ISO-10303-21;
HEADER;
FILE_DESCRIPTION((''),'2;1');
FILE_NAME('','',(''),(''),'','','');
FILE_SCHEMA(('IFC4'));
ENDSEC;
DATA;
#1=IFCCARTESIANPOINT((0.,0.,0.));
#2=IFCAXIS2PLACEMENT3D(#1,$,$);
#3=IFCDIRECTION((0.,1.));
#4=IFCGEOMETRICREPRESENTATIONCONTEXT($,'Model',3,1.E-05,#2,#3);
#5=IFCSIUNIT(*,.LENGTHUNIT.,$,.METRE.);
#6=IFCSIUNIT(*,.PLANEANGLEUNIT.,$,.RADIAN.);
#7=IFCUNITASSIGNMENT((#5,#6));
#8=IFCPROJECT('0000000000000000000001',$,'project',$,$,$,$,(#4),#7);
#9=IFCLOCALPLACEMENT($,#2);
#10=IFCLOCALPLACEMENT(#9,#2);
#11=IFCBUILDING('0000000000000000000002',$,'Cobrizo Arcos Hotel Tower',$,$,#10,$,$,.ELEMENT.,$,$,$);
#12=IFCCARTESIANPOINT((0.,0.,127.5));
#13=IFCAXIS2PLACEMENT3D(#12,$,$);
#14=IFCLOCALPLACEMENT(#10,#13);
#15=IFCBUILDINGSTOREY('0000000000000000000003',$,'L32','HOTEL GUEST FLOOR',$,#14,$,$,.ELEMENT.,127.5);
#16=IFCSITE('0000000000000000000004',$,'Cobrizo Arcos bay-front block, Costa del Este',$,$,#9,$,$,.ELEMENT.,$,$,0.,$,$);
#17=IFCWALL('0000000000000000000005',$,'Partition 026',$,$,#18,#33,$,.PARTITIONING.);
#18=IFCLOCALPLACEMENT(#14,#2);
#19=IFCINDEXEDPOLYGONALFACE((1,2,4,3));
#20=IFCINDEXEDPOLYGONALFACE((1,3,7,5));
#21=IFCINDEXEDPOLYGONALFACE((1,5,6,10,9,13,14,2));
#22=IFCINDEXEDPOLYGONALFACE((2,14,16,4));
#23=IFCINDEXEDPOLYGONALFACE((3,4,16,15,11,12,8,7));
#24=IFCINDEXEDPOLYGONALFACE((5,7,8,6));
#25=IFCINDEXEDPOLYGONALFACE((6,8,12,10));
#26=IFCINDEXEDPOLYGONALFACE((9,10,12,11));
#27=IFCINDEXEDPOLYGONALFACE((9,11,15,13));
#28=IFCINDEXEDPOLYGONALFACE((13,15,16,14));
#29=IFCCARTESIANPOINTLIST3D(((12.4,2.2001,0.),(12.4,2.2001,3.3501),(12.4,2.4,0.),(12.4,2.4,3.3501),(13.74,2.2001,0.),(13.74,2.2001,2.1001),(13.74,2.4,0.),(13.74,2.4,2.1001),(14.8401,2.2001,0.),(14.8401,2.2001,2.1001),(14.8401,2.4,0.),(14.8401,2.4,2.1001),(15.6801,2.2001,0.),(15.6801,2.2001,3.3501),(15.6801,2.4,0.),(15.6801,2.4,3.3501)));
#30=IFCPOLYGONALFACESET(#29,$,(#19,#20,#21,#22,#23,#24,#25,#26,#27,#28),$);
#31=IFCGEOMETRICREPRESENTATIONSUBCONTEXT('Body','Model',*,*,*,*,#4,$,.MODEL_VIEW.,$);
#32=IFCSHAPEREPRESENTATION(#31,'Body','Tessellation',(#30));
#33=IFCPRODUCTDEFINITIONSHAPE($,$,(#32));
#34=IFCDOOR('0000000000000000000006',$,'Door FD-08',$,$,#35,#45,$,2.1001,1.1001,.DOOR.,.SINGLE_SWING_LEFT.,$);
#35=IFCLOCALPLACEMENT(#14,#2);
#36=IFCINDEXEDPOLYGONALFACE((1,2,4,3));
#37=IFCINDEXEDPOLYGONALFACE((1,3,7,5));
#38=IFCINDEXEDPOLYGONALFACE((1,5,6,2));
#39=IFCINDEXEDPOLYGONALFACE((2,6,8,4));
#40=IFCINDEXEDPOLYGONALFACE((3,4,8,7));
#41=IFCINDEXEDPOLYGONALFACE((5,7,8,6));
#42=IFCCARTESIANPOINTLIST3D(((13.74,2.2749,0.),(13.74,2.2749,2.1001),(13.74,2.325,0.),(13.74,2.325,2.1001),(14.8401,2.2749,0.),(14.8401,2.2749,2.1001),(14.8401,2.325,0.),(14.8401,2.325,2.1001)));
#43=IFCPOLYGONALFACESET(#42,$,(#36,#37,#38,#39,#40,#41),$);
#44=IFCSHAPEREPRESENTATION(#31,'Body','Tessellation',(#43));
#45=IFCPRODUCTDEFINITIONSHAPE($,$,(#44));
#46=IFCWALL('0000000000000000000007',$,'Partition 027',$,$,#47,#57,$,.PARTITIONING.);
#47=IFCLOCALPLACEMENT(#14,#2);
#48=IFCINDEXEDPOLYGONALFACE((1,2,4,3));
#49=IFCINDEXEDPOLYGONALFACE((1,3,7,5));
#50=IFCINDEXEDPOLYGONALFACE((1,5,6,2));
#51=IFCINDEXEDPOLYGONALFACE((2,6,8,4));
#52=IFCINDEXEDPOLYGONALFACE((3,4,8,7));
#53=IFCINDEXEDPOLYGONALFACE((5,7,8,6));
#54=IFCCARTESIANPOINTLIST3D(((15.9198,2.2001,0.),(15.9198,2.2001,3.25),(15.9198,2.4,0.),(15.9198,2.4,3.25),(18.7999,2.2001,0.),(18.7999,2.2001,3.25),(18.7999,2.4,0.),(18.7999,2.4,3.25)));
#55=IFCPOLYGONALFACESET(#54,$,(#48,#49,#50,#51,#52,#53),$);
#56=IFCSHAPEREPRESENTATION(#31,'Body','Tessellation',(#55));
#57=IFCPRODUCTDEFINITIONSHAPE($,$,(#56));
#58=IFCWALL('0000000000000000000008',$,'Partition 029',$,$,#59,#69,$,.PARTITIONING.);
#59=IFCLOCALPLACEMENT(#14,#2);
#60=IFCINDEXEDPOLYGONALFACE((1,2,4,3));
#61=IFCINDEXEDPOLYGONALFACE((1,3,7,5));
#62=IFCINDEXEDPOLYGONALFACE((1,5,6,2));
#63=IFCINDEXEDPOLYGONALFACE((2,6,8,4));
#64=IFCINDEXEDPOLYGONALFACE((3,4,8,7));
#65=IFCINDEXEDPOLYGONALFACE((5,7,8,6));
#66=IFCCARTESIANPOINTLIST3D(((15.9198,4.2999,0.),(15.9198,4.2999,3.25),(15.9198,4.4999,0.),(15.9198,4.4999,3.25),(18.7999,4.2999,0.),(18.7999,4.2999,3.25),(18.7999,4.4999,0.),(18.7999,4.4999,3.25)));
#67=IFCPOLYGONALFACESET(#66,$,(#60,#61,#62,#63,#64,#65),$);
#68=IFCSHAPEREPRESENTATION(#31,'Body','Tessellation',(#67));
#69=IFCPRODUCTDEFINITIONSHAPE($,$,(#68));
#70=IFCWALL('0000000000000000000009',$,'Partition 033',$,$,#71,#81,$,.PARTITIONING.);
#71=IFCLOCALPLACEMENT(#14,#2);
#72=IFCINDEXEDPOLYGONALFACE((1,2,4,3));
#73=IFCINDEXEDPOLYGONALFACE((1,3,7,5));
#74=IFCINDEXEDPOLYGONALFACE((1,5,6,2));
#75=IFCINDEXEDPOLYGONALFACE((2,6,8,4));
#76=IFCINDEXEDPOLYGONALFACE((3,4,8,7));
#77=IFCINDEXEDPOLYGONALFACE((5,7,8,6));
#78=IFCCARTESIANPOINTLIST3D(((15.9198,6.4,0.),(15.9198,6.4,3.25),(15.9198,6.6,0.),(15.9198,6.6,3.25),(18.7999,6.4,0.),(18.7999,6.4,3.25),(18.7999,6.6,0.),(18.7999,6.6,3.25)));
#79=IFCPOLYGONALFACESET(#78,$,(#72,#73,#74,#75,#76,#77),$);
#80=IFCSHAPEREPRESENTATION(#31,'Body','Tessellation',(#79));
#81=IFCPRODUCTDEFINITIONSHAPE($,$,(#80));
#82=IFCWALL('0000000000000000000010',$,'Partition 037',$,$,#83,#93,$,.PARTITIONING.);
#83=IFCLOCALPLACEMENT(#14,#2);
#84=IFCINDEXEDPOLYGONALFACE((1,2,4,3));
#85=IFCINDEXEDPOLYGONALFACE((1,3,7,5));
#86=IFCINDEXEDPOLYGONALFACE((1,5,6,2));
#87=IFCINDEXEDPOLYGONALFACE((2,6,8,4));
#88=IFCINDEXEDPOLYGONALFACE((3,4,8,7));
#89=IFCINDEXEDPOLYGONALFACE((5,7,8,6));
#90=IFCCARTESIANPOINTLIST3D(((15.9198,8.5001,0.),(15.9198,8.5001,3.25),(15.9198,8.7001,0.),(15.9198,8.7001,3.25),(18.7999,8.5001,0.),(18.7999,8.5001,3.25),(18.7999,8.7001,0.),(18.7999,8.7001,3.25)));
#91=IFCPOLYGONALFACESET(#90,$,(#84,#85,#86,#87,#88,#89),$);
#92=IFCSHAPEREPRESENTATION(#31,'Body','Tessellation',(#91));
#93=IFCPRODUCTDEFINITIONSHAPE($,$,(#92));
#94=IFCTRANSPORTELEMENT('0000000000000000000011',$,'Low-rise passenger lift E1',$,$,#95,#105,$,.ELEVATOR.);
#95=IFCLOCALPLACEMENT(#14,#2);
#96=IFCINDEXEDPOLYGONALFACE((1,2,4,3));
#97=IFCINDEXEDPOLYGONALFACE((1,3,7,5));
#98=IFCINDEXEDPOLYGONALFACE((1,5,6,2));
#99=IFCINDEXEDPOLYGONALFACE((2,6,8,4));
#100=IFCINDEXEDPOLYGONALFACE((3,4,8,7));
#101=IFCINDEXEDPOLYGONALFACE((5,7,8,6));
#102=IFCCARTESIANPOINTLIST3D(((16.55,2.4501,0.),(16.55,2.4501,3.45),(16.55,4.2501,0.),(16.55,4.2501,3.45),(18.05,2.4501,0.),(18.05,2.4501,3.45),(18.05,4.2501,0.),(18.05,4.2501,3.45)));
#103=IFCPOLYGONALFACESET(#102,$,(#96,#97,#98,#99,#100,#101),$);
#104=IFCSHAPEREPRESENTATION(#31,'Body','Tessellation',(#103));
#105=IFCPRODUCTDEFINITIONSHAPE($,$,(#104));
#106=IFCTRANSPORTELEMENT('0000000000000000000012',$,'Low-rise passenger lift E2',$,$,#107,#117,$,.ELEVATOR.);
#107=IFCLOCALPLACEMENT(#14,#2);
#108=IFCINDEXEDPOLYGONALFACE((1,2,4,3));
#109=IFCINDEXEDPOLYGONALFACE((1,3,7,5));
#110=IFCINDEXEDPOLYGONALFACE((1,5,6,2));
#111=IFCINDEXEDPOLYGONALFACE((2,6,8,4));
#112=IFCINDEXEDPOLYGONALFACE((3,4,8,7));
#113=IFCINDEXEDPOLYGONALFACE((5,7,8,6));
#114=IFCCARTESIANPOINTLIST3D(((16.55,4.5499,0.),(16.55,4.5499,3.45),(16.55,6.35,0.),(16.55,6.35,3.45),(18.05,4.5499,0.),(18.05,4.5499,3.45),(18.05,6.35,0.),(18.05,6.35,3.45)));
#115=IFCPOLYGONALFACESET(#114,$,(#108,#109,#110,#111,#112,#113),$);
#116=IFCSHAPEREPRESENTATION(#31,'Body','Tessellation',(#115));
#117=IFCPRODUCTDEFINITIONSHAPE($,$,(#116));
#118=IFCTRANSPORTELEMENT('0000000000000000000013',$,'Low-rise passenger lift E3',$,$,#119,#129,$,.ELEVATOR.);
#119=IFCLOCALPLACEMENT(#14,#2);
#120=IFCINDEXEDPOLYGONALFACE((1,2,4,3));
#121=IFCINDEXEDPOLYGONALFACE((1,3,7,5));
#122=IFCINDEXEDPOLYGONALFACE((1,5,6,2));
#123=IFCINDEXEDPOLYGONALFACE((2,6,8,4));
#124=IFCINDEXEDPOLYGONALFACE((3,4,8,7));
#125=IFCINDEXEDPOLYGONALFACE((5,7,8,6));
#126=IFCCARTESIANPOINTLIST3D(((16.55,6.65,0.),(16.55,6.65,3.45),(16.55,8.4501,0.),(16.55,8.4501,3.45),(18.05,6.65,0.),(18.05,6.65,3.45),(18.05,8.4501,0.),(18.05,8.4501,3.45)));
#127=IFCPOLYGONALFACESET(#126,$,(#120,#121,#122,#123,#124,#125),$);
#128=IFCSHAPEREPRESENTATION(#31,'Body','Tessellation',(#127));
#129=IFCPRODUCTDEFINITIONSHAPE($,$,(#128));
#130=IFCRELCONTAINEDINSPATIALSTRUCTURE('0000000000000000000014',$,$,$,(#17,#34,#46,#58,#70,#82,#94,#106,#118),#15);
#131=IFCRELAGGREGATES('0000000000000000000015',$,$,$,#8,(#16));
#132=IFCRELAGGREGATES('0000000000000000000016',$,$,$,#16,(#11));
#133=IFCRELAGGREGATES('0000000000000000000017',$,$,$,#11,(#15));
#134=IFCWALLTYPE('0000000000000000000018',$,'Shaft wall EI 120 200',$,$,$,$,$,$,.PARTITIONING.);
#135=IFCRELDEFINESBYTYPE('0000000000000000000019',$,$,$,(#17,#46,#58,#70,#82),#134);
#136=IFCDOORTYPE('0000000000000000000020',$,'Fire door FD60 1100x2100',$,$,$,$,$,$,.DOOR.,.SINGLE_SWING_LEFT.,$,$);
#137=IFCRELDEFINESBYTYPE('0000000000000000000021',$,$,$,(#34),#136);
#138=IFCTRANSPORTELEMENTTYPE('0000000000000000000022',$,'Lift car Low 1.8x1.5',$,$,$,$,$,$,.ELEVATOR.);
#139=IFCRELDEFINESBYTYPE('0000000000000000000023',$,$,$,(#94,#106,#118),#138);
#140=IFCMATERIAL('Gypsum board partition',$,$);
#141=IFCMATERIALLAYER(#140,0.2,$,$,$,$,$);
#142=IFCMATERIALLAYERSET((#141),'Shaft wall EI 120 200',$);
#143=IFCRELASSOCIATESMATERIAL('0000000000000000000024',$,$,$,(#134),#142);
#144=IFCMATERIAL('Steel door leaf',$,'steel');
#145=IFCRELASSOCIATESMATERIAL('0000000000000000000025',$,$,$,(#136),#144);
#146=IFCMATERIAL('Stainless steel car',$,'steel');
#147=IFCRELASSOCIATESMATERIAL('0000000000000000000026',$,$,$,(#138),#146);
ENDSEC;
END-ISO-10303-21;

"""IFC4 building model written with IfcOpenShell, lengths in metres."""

from ifc_helpers import new_model, si_unit, direction, frame, frame_2d, origin, origin_2d, place, context, subcontext, project, spatial, rectangle, extrude, material, layer, layer_set, type_object, element, fill, save


model = new_model("IFC4")

# Units and contexts
model_context = context("Model", 3, precision=1e-05, world=origin(), true_north=direction((0.0, 1.0)))
body_context = subcontext(model_context, "Body", "Model", "MODEL_VIEW")
ifc_project = project(units=[si_unit("LENGTHUNIT", "METRE"), si_unit("PLANEANGLEUNIT", "RADIAN")], contexts=[model_context])

# Site, building, storey
site_placement = place(None, origin())
site = spatial("IfcSite", under=ifc_project, at=site_placement, Name="Cobrizo Arcos bay-front block, Costa del Este", CompositionType="ELEMENT", RefElevation=0.0)
building_placement = place(site_placement, origin())
building = spatial("IfcBuilding", under=site, at=building_placement, Name="Cobrizo Arcos Hotel Tower", CompositionType="ELEMENT")
storey_placement = place(building_placement, frame((0.0, 0.0, 127.5)))
storey = spatial("IfcBuildingStorey", under=building, at=storey_placement, Name="L32", Description="HOTEL GUEST FLOOR", CompositionType="ELEMENT", Elevation=127.5)

# Shared definitions
ifc_material_1 = material(Name="Gypsum board partition")

# Shared definitions
ifc_layer_1 = layer(ifc_material_1, 0.2)
ifc_layer_set_1 = layer_set([ifc_layer_1], Name="Shaft wall EI 120 200")
wall_type_1 = type_object("IfcWallType", Name="Shaft wall EI 120 200", PredefinedType="PARTITIONING", material=ifc_layer_set_1)

# Wall, opening, door
wall_1_placement = place(storey_placement, frame((12.3999, 2.3, 0.0), z_axis=(0.0, 0.0, 1.0), x_axis=(1.0, 0.0, 0.0)))
wall_1 = element("IfcWall", 1, at=wall_1_placement, inside=storey, type_object=wall_type_1, Name="Partition 026", PredefinedType="PARTITIONING", context=body_context, shape_type="SweptSolid", body=[
    extrude(rectangle(XDim=3.28, YDim=0.2, at=frame_2d((1.6401, 0.0))), origin(), (0.0, 0.0, 1.0), 3.3501),
])
opening_1_placement = place(wall_1_placement, frame((1.3401, 0.0, 0.0)))
opening_1 = element("IfcOpeningElement", 2, at=opening_1_placement, cuts=wall_1, PredefinedType="OPENING", context=body_context, shape_type="SweptSolid", body=[
    extrude(rectangle(XDim=1.1001, YDim=2.1001, at=frame_2d((0.55, 1.05))), frame((0.0, 0.1121, 0.0), z_axis=(0.0, -1.0, 0.0), x_axis=(1.0, 0.0, 0.0)), (0.0, 0.0, 1.0), 0.2239),
])
ifc_material_2 = material(Name="Steel door leaf", Category="steel")
door_type_1 = type_object("IfcDoorType", Name="Fire door FD60 1100x2100", OperationType="SINGLE_SWING_LEFT", PredefinedType="DOOR", material=ifc_material_2)
door_1_placement = place(opening_1_placement, origin())
door_1 = element("IfcDoor", 3, at=door_1_placement, inside=storey, type_object=door_type_1, Name="Door FD-08", OperationType="SINGLE_SWING_LEFT", OverallHeight=2.1001, OverallWidth=1.1001, PredefinedType="DOOR", context=body_context, shape_type="SweptSolid", body=[
    extrude(rectangle(XDim=1.1001, YDim=2.1001, at=frame_2d((0.55, 1.05))), frame((0.0, 0.0249, 0.0), z_axis=(0.0, -1.0, 0.0), x_axis=(1.0, 0.0, 0.0)), (0.0, 0.0, 1.0), 0.05),
])
fill(opening_1, door_1)

# Walls
for number, where, z_axis, x_axis, name in (
    (4, (15.9199, 2.3, 0.0), (0.0, 0.0, 1.0), (1.0, 0.0, 0.0), "Partition 027"),
    (5, (15.9199, 4.3999, 0.0), (0.0, 0.0, 1.0), (1.0, 0.0, 0.0), "Partition 029"),
    (6, (15.9199, 6.5, 0.0), (0.0, 0.0, 1.0), (1.0, 0.0, 0.0), "Partition 033"),
    (7, (15.9199, 8.6001, 0.0), (0.0, 0.0, 1.0), (1.0, 0.0, 0.0), "Partition 037"),
):
    element("IfcWall", number, at=place(storey_placement, frame(where, z_axis=z_axis, x_axis=x_axis)), inside=storey, type_object=wall_type_1, Name=name, PredefinedType="PARTITIONING", context=body_context, shape_type="SweptSolid", body=[
        extrude(rectangle(XDim=2.8801, YDim=0.2, at=frame_2d((1.4399, 0.0))), origin(), (0.0, 0.0, 1.0), 3.25),
    ])

# Transport elements
ifc_material_3 = material(Name="Stainless steel car", Category="steel")
transport_element_type = type_object("IfcTransportElementType", Name="Lift car Low 1.8x1.5", PredefinedType="ELEVATOR", material=ifc_material_3)
for number, where, z_axis, x_axis, name in (
    (8, (17.3, 3.3501, 0.0), (0.0, 0.0, 1.0), (1.0, 0.0, 0.0), "Low-rise passenger lift E1"),
    (9, (17.3, 5.45, 0.0), (0.0, 0.0, 1.0), (1.0, 0.0, 0.0), "Low-rise passenger lift E2"),
    (10, (17.3, 7.55, 0.0), (0.0, 0.0, 1.0), (1.0, 0.0, 0.0), "Low-rise passenger lift E3"),
):
    element("IfcTransportElement", number, at=place(storey_placement, frame(where, z_axis=z_axis, x_axis=x_axis)), inside=storey, type_object=transport_element_type, Name=name, PredefinedType="ELEVATOR", context=body_context, shape_type="SweptSolid", body=[
        extrude(rectangle(XDim=1.5, YDim=1.8, at=origin_2d()), origin(), (0.0, 0.0, 1.0), 3.45),
    ])

save(model, "model.ifc")
